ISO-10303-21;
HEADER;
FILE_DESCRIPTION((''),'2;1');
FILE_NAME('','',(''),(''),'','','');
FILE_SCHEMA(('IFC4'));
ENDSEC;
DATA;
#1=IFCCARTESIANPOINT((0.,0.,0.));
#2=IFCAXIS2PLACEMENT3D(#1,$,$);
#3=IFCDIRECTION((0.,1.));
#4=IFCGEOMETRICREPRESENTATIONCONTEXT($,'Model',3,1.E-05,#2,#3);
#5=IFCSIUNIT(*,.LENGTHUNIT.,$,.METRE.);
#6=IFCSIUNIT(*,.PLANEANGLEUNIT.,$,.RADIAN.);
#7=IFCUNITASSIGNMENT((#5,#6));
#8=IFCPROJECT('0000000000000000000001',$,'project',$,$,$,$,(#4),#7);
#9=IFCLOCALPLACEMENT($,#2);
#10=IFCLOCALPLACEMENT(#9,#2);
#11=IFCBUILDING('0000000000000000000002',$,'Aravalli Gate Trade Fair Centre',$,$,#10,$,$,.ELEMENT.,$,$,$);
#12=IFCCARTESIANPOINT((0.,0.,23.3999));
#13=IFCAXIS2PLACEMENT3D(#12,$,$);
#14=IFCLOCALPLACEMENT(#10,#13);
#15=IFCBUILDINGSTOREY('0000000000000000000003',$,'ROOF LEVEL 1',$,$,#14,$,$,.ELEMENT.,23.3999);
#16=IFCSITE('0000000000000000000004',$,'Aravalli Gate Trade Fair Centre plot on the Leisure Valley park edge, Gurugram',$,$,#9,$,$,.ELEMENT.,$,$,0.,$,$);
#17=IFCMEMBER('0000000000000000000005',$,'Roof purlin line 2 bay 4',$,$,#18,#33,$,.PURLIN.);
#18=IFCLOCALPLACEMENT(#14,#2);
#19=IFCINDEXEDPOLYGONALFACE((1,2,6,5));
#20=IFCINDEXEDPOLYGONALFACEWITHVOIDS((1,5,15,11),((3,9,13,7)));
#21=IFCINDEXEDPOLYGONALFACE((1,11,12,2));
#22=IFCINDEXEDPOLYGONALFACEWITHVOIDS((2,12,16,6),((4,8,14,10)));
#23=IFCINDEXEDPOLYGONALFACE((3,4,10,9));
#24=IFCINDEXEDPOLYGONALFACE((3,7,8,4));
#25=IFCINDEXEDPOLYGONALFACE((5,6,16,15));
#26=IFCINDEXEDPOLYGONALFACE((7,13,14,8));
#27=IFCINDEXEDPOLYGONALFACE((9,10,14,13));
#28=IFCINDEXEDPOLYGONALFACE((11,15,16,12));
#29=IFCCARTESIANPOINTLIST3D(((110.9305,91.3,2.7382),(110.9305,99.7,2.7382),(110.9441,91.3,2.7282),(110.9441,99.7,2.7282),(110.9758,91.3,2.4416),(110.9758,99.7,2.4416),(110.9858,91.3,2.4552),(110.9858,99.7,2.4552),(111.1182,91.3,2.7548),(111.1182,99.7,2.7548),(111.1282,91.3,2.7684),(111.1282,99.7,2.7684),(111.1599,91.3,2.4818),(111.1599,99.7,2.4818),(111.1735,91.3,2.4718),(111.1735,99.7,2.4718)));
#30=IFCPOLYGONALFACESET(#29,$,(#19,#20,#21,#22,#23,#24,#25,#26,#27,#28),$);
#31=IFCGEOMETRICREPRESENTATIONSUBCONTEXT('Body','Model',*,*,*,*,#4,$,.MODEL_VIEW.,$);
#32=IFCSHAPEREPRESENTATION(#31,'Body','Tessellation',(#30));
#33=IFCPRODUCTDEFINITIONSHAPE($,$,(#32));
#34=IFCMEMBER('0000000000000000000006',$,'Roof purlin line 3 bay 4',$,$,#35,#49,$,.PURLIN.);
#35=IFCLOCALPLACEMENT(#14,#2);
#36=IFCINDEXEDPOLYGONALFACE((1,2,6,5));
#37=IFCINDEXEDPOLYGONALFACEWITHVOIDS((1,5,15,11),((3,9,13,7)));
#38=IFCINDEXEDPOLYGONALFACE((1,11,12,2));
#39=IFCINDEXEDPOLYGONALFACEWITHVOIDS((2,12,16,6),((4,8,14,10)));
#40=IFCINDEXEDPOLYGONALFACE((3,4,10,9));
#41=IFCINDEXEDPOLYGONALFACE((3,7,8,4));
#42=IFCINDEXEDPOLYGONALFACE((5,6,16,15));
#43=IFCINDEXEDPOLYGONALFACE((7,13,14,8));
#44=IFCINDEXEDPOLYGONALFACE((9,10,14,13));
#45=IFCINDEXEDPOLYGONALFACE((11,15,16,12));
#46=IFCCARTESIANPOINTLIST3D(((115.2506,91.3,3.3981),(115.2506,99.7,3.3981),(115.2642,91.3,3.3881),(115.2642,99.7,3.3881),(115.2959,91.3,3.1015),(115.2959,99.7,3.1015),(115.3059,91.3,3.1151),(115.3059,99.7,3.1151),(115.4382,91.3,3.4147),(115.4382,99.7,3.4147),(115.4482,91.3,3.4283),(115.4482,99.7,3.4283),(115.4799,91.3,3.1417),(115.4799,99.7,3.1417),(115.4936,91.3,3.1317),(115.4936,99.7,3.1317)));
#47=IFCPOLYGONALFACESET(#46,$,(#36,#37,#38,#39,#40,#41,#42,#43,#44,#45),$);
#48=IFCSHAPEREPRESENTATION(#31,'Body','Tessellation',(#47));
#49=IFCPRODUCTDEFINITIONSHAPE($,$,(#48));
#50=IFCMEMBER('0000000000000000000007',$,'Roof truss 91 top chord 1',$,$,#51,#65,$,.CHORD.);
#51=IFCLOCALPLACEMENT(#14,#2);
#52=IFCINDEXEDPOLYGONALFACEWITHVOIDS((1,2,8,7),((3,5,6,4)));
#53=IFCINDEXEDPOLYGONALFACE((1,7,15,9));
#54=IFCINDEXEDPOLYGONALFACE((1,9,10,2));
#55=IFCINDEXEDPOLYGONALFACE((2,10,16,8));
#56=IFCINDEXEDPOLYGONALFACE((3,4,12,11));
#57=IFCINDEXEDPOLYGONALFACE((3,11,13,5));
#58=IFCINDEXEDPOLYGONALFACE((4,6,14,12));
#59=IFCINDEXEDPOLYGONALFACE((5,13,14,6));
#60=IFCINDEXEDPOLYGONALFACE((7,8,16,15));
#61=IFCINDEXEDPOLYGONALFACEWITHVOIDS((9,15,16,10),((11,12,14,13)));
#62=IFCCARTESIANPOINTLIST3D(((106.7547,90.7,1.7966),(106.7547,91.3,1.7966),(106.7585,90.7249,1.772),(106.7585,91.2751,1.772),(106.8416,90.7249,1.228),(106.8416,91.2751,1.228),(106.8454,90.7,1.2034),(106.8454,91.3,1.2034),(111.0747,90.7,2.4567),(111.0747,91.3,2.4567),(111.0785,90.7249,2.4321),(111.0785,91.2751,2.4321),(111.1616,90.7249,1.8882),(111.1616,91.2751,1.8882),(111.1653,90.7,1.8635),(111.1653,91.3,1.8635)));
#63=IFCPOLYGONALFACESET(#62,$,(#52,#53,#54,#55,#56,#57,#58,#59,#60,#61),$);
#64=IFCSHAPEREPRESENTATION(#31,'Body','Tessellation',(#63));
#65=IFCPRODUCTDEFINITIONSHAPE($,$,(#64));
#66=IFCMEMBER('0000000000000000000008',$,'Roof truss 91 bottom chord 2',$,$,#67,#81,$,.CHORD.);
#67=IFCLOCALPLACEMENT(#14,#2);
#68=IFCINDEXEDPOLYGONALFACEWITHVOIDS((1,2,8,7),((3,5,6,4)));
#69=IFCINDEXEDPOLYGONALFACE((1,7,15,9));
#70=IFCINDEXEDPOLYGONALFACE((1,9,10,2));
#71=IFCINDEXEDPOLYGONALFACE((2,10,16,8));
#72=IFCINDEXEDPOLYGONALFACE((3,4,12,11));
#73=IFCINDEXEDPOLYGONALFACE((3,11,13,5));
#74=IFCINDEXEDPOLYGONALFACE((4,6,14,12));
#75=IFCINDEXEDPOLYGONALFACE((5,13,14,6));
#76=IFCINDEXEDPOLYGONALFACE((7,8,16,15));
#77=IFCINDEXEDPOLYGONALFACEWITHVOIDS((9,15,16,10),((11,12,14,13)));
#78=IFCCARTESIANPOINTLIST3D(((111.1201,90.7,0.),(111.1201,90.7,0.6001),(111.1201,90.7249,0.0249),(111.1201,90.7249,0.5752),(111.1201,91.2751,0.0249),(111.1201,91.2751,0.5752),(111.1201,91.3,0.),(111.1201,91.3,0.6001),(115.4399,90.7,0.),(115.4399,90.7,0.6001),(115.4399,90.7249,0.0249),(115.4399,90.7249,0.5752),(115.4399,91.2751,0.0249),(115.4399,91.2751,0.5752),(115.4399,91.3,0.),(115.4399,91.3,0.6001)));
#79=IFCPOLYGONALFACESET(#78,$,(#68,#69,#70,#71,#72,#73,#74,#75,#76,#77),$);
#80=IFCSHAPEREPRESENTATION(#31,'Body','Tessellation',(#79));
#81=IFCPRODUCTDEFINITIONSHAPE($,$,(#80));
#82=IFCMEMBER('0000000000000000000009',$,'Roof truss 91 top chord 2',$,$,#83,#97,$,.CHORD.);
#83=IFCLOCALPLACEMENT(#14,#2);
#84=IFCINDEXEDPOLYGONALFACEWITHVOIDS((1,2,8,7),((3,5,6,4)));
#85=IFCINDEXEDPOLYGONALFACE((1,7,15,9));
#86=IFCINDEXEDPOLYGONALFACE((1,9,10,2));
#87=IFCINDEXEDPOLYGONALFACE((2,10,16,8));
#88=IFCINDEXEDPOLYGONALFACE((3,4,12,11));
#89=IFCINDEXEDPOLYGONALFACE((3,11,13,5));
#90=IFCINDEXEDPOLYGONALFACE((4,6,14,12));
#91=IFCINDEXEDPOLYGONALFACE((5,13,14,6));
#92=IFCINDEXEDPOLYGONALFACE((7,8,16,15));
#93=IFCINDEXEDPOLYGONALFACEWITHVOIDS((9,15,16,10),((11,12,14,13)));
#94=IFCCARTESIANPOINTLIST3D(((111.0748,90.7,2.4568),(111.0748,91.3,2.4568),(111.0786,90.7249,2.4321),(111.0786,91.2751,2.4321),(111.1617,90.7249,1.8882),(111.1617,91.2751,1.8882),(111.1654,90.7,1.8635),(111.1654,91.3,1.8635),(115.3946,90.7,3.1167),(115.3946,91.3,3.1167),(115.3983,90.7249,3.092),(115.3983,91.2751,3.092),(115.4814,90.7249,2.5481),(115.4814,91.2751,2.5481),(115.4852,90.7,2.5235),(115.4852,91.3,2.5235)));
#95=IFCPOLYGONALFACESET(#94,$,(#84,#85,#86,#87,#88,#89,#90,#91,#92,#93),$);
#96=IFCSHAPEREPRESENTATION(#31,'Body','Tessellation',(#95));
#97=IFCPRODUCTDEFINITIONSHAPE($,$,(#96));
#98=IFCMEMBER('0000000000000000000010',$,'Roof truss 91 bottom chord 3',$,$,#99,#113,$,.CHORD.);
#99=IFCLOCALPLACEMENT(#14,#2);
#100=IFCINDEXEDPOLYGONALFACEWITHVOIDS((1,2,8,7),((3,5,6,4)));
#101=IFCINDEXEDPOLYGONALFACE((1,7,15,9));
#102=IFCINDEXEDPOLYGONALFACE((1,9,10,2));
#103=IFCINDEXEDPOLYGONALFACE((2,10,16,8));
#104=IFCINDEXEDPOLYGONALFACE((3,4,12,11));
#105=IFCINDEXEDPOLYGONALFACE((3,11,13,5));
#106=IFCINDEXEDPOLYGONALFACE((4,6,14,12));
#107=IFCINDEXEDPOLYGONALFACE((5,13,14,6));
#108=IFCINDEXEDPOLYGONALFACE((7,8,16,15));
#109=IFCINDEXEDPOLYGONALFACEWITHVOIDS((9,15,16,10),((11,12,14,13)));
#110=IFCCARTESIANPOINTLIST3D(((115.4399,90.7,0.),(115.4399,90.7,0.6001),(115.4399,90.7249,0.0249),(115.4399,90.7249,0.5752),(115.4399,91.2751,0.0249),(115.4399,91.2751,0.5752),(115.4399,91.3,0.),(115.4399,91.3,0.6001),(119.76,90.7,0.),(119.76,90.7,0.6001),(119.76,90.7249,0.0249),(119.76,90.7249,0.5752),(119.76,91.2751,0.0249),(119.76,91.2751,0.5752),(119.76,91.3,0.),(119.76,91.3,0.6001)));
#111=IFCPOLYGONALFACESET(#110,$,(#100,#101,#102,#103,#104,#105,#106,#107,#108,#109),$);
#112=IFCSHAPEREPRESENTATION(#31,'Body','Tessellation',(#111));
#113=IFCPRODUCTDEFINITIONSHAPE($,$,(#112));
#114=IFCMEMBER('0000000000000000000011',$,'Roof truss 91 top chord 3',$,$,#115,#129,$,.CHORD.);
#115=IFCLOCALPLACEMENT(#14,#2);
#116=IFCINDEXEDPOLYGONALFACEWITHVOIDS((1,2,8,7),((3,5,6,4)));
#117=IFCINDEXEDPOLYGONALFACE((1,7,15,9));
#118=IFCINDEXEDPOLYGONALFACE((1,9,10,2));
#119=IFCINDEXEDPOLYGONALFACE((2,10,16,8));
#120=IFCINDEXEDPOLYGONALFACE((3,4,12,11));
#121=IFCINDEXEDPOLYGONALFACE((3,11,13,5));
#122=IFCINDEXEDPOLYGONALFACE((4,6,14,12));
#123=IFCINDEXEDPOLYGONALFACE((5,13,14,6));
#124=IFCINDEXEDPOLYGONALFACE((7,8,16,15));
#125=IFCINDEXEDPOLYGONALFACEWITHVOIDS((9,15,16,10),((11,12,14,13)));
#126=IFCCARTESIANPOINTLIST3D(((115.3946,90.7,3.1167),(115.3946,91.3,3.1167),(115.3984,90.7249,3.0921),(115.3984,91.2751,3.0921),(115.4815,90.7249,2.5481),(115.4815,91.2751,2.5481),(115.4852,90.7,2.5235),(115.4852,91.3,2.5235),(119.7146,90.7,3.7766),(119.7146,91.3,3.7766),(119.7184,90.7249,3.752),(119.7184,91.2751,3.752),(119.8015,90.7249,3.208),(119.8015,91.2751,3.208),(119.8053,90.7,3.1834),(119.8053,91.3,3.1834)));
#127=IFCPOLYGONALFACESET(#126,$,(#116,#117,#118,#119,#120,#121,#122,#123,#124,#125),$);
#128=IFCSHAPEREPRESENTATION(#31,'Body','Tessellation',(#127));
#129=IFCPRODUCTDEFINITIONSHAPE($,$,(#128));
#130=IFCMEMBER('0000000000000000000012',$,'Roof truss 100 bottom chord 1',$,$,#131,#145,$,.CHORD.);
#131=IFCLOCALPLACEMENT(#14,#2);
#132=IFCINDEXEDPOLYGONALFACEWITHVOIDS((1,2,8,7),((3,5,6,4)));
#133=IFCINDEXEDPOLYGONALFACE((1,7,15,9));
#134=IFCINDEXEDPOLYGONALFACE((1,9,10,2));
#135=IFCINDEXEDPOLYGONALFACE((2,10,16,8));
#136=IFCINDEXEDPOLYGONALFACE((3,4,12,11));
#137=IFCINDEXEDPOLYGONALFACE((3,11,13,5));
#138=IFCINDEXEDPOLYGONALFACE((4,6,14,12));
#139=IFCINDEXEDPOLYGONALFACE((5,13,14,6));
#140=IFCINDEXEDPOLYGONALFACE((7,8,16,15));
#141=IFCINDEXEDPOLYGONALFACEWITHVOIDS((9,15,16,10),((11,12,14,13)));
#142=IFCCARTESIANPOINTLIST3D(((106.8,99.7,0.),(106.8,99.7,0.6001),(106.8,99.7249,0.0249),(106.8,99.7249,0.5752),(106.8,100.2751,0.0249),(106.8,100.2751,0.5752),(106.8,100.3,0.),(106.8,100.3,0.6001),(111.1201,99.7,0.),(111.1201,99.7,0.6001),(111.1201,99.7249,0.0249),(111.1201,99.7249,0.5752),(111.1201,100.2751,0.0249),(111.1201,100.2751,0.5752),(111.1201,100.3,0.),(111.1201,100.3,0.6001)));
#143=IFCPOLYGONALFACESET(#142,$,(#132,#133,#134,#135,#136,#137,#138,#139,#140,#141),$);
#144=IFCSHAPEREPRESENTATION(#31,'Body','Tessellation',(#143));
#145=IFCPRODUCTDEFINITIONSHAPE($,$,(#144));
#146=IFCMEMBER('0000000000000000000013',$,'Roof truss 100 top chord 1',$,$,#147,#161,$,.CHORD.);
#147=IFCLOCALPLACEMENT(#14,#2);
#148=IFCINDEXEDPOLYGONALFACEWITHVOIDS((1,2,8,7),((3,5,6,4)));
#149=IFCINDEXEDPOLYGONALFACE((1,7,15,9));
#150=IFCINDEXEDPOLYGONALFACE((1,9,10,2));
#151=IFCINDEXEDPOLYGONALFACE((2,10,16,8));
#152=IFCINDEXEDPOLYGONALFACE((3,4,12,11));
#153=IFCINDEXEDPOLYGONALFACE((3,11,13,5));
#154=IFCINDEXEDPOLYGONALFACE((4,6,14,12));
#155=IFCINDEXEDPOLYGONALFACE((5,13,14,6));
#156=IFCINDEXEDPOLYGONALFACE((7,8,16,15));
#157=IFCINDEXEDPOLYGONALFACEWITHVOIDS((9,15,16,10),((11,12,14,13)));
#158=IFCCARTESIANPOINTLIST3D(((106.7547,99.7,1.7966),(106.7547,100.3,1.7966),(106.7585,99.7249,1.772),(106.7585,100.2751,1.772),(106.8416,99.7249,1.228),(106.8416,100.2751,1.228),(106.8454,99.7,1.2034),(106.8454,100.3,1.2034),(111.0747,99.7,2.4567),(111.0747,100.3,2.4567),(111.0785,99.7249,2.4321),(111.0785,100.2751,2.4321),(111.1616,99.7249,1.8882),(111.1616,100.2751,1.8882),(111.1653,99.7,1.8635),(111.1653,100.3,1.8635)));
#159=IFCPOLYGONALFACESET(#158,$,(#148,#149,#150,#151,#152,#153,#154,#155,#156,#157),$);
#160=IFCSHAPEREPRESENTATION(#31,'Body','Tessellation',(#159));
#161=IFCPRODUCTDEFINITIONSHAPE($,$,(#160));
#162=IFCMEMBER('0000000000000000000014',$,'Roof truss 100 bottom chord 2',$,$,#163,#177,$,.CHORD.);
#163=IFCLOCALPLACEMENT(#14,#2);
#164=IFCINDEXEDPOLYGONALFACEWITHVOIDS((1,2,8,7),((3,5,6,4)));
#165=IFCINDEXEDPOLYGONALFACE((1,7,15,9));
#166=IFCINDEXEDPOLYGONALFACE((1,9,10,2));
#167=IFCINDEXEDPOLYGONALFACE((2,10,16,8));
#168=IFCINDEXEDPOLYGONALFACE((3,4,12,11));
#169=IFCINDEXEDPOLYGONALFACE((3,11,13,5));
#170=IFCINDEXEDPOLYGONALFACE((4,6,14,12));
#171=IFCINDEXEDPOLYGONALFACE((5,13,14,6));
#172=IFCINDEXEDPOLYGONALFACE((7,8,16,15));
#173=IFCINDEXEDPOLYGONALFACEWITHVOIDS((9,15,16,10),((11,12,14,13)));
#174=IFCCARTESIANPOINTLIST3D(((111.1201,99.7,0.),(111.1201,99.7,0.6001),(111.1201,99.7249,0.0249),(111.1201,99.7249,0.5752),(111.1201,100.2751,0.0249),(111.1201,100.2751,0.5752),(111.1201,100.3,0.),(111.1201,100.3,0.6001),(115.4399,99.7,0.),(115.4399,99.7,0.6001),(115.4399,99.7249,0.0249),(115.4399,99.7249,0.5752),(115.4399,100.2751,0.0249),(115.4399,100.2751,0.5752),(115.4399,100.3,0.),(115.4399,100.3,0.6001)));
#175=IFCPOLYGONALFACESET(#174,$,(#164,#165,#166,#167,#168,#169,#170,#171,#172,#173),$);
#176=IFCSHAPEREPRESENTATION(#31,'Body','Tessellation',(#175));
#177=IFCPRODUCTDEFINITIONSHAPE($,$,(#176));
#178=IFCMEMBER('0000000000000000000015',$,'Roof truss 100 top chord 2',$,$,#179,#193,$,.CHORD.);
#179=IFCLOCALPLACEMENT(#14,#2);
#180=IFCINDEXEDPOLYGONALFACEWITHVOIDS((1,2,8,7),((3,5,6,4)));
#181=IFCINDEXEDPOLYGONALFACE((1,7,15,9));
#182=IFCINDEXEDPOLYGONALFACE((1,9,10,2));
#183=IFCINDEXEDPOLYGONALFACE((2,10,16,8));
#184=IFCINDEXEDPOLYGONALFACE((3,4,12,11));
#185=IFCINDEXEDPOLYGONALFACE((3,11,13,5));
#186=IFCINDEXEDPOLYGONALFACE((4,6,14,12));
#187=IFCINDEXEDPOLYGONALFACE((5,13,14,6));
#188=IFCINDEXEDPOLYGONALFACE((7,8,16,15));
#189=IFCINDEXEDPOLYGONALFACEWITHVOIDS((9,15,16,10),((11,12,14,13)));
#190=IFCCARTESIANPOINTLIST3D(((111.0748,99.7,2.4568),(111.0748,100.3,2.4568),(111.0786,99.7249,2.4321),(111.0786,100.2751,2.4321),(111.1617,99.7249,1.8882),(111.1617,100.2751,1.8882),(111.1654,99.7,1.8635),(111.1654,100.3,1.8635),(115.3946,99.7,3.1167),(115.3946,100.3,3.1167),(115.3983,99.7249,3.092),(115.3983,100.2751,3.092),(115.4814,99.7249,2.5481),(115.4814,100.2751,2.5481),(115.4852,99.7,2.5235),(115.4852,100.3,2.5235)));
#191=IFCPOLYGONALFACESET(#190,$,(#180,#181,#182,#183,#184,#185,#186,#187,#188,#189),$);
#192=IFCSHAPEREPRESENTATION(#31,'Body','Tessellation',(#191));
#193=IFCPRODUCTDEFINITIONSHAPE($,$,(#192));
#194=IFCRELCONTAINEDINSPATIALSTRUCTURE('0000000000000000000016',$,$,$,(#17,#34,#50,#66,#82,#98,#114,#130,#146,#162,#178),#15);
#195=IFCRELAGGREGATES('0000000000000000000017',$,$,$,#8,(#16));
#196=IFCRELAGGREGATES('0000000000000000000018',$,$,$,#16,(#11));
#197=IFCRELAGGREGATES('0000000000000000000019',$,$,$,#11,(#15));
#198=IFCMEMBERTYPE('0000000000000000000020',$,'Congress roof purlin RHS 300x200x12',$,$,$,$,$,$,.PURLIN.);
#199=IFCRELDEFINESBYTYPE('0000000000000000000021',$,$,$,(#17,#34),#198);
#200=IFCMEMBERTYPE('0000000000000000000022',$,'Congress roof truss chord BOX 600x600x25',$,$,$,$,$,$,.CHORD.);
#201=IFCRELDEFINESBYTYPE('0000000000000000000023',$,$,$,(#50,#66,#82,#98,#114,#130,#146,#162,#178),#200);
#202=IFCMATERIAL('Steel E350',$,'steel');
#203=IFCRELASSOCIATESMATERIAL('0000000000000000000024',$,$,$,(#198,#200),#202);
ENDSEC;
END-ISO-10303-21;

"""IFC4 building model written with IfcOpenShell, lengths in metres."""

from ifc_helpers import new_model, si_unit, direction, frame, origin, origin_2d, place, context, subcontext, project, spatial, hollow_rectangle, extrude, material, material_profile, profile_set, type_object, element, save


model = new_model("IFC4")

# Units and contexts
model_context = context("Model", 3, precision=1e-05, world=origin(), true_north=direction((0.0, 1.0)))
body_context = subcontext(model_context, "Body", "Model", "MODEL_VIEW")
ifc_project = project(units=[si_unit("LENGTHUNIT", "METRE"), si_unit("PLANEANGLEUNIT", "RADIAN")], contexts=[model_context])

# Site, building, storey
site_placement = place(None, origin())
site = spatial("IfcSite", under=ifc_project, at=site_placement, Name="Aravalli Gate Trade Fair Centre plot on the Leisure Valley park edge, Gurugram", CompositionType="ELEMENT", RefElevation=0.0)
building_placement = place(site_placement, origin())
building = spatial("IfcBuilding", under=site, at=building_placement, Name="Aravalli Gate Trade Fair Centre", CompositionType="ELEMENT")
storey_placement = place(building_placement, frame((0.0, 0.0, 23.3999)))
storey = spatial("IfcBuildingStorey", under=building, at=storey_placement, Name="ROOF LEVEL 1", CompositionType="ELEMENT", Elevation=23.3999)

# Members
ifc_material = material(Name="Steel E350", Category="steel")
ifc_material_profile_1 = material_profile(ifc_material, hollow_rectangle(XDim=0.2, YDim=0.3, WallThickness=0.012, at=origin_2d()), Name="RHS 300x200x12")
ifc_profile_set_1 = profile_set([ifc_material_profile_1], Name="Steel E350")
member_type_1 = type_object("IfcMemberType", Name="Congress roof purlin RHS 300x200x12", PredefinedType="PURLIN", material=ifc_profile_set_1)
for number, where, z_axis, x_axis, name in (
    (1, (111.052, 91.3, 2.605), (0.0, 1.0, 0.0), (-0.98853, 0.0, -0.151026), "Roof purlin line 2 bay 4"),
    (2, (115.3721, 91.3, 3.2649), (0.0, 1.0, 0.0), (-0.98853, 0.0, -0.151026), "Roof purlin line 3 bay 4"),
):
    element("IfcMember", number, at=place(storey_placement, frame(where, z_axis=z_axis, x_axis=x_axis)), inside=storey, type_object=member_type_1, Name=name, PredefinedType="PURLIN", context=body_context, shape_type="SweptSolid", body=[
        extrude(hollow_rectangle(XDim=0.2, YDim=0.3, WallThickness=0.012, at=origin_2d()), origin(), (0.0, 0.0, 1.0), 8.3999),
    ])
ifc_material_profile_2 = material_profile(ifc_material, hollow_rectangle(XDim=0.6001, YDim=0.6001, WallThickness=0.0249, at=origin_2d()), Name="BOX 600x600x25")
ifc_profile_set_2 = profile_set([ifc_material_profile_2], Name="Steel E350")
member_type_2 = type_object("IfcMemberType", Name="Congress roof truss chord BOX 600x600x25", PredefinedType="CHORD", material=ifc_profile_set_2)
member_1_placement = place(storey_placement, frame((106.8, 91.0, 1.5), z_axis=(0.988525, 0.0, 0.151058), x_axis=(0.0, 1.0, 0.0)))
element("IfcMember", 3, at=member_1_placement, inside=storey, type_object=member_type_2, Name="Roof truss 91 top chord 1", PredefinedType="CHORD", context=body_context, shape_type="SweptSolid", body=[
    extrude(hollow_rectangle(XDim=0.6001, YDim=0.6001, WallThickness=0.0249, at=origin_2d()), origin(), (0.0, 0.0, 1.0), 4.3701),
])
member_2_placement = place(storey_placement, frame((111.1201, 91.0, 0.3), z_axis=(1.0, 0.0, 0.0), x_axis=(0.0, 1.0, 0.0)))
element("IfcMember", 4, at=member_2_placement, inside=storey, type_object=member_type_2, Name="Roof truss 91 bottom chord 2", PredefinedType="CHORD", context=body_context, shape_type="SweptSolid", body=[
    extrude(hollow_rectangle(XDim=0.6001, YDim=0.6001, WallThickness=0.0249, at=origin_2d()), origin(), (0.0, 0.0, 1.0), 4.3198),
])
member_3_placement = place(storey_placement, frame((111.1201, 91.0, 2.1602), z_axis=(0.988532, 0.0, 0.151012), x_axis=(0.0, 1.0, 0.0)))
element("IfcMember", 5, at=member_3_placement, inside=storey, type_object=member_type_2, Name="Roof truss 91 top chord 2", PredefinedType="CHORD", context=body_context, shape_type="SweptSolid", body=[
    extrude(hollow_rectangle(XDim=0.6001, YDim=0.6001, WallThickness=0.0249, at=origin_2d()), origin(), (0.0, 0.0, 1.0), 4.3699),
])
member_4_placement = place(storey_placement, frame((115.4399, 91.0, 0.3), z_axis=(1.0, 0.0, 0.0), x_axis=(0.0, 1.0, 0.0)))
element("IfcMember", 6, at=member_4_placement, inside=storey, type_object=member_type_2, Name="Roof truss 91 bottom chord 3", PredefinedType="CHORD", context=body_context, shape_type="SweptSolid", body=[
    extrude(hollow_rectangle(XDim=0.6001, YDim=0.6001, WallThickness=0.0249, at=origin_2d()), origin(), (0.0, 0.0, 1.0), 4.3201),
])
member_5_placement = place(storey_placement, frame((115.4399, 91.0, 2.8201), z_axis=(0.988533, 0.0, 0.151003), x_axis=(0.0, 1.0, 0.0)))
element("IfcMember", 7, at=member_5_placement, inside=storey, type_object=member_type_2, Name="Roof truss 91 top chord 3", PredefinedType="CHORD", context=body_context, shape_type="SweptSolid", body=[
    extrude(hollow_rectangle(XDim=0.6001, YDim=0.6001, WallThickness=0.0249, at=origin_2d()), origin(), (0.0, 0.0, 1.0), 4.3701),
])
member_6_placement = place(storey_placement, frame((106.8, 100.0, 0.3), z_axis=(1.0, 0.0, 0.0), x_axis=(0.0, 1.0, 0.0)))
element("IfcMember", 8, at=member_6_placement, inside=storey, type_object=member_type_2, Name="Roof truss 100 bottom chord 1", PredefinedType="CHORD", context=body_context, shape_type="SweptSolid", body=[
    extrude(hollow_rectangle(XDim=0.6001, YDim=0.6001, WallThickness=0.0249, at=origin_2d()), origin(), (0.0, 0.0, 1.0), 4.3201),
])
member_7_placement = place(storey_placement, frame((106.8, 100.0, 1.5), z_axis=(0.988525, 0.0, 0.151058), x_axis=(0.0, 1.0, 0.0)))
element("IfcMember", 9, at=member_7_placement, inside=storey, type_object=member_type_2, Name="Roof truss 100 top chord 1", PredefinedType="CHORD", context=body_context, shape_type="SweptSolid", body=[
    extrude(hollow_rectangle(XDim=0.6001, YDim=0.6001, WallThickness=0.0249, at=origin_2d()), origin(), (0.0, 0.0, 1.0), 4.3701),
])
member_8_placement = place(storey_placement, frame((111.1201, 100.0, 0.3), z_axis=(1.0, 0.0, 0.0), x_axis=(0.0, 1.0, 0.0)))
element("IfcMember", 10, at=member_8_placement, inside=storey, type_object=member_type_2, Name="Roof truss 100 bottom chord 2", PredefinedType="CHORD", context=body_context, shape_type="SweptSolid", body=[
    extrude(hollow_rectangle(XDim=0.6001, YDim=0.6001, WallThickness=0.0249, at=origin_2d()), origin(), (0.0, 0.0, 1.0), 4.3198),
])
member_9_placement = place(storey_placement, frame((111.1201, 100.0, 2.1602), z_axis=(0.988532, 0.0, 0.151012), x_axis=(0.0, 1.0, 0.0)))
element("IfcMember", 11, at=member_9_placement, inside=storey, type_object=member_type_2, Name="Roof truss 100 top chord 2", PredefinedType="CHORD", context=body_context, shape_type="SweptSolid", body=[
    extrude(hollow_rectangle(XDim=0.6001, YDim=0.6001, WallThickness=0.0249, at=origin_2d()), origin(), (0.0, 0.0, 1.0), 4.3699),
])

save(model, "model.ifc")
